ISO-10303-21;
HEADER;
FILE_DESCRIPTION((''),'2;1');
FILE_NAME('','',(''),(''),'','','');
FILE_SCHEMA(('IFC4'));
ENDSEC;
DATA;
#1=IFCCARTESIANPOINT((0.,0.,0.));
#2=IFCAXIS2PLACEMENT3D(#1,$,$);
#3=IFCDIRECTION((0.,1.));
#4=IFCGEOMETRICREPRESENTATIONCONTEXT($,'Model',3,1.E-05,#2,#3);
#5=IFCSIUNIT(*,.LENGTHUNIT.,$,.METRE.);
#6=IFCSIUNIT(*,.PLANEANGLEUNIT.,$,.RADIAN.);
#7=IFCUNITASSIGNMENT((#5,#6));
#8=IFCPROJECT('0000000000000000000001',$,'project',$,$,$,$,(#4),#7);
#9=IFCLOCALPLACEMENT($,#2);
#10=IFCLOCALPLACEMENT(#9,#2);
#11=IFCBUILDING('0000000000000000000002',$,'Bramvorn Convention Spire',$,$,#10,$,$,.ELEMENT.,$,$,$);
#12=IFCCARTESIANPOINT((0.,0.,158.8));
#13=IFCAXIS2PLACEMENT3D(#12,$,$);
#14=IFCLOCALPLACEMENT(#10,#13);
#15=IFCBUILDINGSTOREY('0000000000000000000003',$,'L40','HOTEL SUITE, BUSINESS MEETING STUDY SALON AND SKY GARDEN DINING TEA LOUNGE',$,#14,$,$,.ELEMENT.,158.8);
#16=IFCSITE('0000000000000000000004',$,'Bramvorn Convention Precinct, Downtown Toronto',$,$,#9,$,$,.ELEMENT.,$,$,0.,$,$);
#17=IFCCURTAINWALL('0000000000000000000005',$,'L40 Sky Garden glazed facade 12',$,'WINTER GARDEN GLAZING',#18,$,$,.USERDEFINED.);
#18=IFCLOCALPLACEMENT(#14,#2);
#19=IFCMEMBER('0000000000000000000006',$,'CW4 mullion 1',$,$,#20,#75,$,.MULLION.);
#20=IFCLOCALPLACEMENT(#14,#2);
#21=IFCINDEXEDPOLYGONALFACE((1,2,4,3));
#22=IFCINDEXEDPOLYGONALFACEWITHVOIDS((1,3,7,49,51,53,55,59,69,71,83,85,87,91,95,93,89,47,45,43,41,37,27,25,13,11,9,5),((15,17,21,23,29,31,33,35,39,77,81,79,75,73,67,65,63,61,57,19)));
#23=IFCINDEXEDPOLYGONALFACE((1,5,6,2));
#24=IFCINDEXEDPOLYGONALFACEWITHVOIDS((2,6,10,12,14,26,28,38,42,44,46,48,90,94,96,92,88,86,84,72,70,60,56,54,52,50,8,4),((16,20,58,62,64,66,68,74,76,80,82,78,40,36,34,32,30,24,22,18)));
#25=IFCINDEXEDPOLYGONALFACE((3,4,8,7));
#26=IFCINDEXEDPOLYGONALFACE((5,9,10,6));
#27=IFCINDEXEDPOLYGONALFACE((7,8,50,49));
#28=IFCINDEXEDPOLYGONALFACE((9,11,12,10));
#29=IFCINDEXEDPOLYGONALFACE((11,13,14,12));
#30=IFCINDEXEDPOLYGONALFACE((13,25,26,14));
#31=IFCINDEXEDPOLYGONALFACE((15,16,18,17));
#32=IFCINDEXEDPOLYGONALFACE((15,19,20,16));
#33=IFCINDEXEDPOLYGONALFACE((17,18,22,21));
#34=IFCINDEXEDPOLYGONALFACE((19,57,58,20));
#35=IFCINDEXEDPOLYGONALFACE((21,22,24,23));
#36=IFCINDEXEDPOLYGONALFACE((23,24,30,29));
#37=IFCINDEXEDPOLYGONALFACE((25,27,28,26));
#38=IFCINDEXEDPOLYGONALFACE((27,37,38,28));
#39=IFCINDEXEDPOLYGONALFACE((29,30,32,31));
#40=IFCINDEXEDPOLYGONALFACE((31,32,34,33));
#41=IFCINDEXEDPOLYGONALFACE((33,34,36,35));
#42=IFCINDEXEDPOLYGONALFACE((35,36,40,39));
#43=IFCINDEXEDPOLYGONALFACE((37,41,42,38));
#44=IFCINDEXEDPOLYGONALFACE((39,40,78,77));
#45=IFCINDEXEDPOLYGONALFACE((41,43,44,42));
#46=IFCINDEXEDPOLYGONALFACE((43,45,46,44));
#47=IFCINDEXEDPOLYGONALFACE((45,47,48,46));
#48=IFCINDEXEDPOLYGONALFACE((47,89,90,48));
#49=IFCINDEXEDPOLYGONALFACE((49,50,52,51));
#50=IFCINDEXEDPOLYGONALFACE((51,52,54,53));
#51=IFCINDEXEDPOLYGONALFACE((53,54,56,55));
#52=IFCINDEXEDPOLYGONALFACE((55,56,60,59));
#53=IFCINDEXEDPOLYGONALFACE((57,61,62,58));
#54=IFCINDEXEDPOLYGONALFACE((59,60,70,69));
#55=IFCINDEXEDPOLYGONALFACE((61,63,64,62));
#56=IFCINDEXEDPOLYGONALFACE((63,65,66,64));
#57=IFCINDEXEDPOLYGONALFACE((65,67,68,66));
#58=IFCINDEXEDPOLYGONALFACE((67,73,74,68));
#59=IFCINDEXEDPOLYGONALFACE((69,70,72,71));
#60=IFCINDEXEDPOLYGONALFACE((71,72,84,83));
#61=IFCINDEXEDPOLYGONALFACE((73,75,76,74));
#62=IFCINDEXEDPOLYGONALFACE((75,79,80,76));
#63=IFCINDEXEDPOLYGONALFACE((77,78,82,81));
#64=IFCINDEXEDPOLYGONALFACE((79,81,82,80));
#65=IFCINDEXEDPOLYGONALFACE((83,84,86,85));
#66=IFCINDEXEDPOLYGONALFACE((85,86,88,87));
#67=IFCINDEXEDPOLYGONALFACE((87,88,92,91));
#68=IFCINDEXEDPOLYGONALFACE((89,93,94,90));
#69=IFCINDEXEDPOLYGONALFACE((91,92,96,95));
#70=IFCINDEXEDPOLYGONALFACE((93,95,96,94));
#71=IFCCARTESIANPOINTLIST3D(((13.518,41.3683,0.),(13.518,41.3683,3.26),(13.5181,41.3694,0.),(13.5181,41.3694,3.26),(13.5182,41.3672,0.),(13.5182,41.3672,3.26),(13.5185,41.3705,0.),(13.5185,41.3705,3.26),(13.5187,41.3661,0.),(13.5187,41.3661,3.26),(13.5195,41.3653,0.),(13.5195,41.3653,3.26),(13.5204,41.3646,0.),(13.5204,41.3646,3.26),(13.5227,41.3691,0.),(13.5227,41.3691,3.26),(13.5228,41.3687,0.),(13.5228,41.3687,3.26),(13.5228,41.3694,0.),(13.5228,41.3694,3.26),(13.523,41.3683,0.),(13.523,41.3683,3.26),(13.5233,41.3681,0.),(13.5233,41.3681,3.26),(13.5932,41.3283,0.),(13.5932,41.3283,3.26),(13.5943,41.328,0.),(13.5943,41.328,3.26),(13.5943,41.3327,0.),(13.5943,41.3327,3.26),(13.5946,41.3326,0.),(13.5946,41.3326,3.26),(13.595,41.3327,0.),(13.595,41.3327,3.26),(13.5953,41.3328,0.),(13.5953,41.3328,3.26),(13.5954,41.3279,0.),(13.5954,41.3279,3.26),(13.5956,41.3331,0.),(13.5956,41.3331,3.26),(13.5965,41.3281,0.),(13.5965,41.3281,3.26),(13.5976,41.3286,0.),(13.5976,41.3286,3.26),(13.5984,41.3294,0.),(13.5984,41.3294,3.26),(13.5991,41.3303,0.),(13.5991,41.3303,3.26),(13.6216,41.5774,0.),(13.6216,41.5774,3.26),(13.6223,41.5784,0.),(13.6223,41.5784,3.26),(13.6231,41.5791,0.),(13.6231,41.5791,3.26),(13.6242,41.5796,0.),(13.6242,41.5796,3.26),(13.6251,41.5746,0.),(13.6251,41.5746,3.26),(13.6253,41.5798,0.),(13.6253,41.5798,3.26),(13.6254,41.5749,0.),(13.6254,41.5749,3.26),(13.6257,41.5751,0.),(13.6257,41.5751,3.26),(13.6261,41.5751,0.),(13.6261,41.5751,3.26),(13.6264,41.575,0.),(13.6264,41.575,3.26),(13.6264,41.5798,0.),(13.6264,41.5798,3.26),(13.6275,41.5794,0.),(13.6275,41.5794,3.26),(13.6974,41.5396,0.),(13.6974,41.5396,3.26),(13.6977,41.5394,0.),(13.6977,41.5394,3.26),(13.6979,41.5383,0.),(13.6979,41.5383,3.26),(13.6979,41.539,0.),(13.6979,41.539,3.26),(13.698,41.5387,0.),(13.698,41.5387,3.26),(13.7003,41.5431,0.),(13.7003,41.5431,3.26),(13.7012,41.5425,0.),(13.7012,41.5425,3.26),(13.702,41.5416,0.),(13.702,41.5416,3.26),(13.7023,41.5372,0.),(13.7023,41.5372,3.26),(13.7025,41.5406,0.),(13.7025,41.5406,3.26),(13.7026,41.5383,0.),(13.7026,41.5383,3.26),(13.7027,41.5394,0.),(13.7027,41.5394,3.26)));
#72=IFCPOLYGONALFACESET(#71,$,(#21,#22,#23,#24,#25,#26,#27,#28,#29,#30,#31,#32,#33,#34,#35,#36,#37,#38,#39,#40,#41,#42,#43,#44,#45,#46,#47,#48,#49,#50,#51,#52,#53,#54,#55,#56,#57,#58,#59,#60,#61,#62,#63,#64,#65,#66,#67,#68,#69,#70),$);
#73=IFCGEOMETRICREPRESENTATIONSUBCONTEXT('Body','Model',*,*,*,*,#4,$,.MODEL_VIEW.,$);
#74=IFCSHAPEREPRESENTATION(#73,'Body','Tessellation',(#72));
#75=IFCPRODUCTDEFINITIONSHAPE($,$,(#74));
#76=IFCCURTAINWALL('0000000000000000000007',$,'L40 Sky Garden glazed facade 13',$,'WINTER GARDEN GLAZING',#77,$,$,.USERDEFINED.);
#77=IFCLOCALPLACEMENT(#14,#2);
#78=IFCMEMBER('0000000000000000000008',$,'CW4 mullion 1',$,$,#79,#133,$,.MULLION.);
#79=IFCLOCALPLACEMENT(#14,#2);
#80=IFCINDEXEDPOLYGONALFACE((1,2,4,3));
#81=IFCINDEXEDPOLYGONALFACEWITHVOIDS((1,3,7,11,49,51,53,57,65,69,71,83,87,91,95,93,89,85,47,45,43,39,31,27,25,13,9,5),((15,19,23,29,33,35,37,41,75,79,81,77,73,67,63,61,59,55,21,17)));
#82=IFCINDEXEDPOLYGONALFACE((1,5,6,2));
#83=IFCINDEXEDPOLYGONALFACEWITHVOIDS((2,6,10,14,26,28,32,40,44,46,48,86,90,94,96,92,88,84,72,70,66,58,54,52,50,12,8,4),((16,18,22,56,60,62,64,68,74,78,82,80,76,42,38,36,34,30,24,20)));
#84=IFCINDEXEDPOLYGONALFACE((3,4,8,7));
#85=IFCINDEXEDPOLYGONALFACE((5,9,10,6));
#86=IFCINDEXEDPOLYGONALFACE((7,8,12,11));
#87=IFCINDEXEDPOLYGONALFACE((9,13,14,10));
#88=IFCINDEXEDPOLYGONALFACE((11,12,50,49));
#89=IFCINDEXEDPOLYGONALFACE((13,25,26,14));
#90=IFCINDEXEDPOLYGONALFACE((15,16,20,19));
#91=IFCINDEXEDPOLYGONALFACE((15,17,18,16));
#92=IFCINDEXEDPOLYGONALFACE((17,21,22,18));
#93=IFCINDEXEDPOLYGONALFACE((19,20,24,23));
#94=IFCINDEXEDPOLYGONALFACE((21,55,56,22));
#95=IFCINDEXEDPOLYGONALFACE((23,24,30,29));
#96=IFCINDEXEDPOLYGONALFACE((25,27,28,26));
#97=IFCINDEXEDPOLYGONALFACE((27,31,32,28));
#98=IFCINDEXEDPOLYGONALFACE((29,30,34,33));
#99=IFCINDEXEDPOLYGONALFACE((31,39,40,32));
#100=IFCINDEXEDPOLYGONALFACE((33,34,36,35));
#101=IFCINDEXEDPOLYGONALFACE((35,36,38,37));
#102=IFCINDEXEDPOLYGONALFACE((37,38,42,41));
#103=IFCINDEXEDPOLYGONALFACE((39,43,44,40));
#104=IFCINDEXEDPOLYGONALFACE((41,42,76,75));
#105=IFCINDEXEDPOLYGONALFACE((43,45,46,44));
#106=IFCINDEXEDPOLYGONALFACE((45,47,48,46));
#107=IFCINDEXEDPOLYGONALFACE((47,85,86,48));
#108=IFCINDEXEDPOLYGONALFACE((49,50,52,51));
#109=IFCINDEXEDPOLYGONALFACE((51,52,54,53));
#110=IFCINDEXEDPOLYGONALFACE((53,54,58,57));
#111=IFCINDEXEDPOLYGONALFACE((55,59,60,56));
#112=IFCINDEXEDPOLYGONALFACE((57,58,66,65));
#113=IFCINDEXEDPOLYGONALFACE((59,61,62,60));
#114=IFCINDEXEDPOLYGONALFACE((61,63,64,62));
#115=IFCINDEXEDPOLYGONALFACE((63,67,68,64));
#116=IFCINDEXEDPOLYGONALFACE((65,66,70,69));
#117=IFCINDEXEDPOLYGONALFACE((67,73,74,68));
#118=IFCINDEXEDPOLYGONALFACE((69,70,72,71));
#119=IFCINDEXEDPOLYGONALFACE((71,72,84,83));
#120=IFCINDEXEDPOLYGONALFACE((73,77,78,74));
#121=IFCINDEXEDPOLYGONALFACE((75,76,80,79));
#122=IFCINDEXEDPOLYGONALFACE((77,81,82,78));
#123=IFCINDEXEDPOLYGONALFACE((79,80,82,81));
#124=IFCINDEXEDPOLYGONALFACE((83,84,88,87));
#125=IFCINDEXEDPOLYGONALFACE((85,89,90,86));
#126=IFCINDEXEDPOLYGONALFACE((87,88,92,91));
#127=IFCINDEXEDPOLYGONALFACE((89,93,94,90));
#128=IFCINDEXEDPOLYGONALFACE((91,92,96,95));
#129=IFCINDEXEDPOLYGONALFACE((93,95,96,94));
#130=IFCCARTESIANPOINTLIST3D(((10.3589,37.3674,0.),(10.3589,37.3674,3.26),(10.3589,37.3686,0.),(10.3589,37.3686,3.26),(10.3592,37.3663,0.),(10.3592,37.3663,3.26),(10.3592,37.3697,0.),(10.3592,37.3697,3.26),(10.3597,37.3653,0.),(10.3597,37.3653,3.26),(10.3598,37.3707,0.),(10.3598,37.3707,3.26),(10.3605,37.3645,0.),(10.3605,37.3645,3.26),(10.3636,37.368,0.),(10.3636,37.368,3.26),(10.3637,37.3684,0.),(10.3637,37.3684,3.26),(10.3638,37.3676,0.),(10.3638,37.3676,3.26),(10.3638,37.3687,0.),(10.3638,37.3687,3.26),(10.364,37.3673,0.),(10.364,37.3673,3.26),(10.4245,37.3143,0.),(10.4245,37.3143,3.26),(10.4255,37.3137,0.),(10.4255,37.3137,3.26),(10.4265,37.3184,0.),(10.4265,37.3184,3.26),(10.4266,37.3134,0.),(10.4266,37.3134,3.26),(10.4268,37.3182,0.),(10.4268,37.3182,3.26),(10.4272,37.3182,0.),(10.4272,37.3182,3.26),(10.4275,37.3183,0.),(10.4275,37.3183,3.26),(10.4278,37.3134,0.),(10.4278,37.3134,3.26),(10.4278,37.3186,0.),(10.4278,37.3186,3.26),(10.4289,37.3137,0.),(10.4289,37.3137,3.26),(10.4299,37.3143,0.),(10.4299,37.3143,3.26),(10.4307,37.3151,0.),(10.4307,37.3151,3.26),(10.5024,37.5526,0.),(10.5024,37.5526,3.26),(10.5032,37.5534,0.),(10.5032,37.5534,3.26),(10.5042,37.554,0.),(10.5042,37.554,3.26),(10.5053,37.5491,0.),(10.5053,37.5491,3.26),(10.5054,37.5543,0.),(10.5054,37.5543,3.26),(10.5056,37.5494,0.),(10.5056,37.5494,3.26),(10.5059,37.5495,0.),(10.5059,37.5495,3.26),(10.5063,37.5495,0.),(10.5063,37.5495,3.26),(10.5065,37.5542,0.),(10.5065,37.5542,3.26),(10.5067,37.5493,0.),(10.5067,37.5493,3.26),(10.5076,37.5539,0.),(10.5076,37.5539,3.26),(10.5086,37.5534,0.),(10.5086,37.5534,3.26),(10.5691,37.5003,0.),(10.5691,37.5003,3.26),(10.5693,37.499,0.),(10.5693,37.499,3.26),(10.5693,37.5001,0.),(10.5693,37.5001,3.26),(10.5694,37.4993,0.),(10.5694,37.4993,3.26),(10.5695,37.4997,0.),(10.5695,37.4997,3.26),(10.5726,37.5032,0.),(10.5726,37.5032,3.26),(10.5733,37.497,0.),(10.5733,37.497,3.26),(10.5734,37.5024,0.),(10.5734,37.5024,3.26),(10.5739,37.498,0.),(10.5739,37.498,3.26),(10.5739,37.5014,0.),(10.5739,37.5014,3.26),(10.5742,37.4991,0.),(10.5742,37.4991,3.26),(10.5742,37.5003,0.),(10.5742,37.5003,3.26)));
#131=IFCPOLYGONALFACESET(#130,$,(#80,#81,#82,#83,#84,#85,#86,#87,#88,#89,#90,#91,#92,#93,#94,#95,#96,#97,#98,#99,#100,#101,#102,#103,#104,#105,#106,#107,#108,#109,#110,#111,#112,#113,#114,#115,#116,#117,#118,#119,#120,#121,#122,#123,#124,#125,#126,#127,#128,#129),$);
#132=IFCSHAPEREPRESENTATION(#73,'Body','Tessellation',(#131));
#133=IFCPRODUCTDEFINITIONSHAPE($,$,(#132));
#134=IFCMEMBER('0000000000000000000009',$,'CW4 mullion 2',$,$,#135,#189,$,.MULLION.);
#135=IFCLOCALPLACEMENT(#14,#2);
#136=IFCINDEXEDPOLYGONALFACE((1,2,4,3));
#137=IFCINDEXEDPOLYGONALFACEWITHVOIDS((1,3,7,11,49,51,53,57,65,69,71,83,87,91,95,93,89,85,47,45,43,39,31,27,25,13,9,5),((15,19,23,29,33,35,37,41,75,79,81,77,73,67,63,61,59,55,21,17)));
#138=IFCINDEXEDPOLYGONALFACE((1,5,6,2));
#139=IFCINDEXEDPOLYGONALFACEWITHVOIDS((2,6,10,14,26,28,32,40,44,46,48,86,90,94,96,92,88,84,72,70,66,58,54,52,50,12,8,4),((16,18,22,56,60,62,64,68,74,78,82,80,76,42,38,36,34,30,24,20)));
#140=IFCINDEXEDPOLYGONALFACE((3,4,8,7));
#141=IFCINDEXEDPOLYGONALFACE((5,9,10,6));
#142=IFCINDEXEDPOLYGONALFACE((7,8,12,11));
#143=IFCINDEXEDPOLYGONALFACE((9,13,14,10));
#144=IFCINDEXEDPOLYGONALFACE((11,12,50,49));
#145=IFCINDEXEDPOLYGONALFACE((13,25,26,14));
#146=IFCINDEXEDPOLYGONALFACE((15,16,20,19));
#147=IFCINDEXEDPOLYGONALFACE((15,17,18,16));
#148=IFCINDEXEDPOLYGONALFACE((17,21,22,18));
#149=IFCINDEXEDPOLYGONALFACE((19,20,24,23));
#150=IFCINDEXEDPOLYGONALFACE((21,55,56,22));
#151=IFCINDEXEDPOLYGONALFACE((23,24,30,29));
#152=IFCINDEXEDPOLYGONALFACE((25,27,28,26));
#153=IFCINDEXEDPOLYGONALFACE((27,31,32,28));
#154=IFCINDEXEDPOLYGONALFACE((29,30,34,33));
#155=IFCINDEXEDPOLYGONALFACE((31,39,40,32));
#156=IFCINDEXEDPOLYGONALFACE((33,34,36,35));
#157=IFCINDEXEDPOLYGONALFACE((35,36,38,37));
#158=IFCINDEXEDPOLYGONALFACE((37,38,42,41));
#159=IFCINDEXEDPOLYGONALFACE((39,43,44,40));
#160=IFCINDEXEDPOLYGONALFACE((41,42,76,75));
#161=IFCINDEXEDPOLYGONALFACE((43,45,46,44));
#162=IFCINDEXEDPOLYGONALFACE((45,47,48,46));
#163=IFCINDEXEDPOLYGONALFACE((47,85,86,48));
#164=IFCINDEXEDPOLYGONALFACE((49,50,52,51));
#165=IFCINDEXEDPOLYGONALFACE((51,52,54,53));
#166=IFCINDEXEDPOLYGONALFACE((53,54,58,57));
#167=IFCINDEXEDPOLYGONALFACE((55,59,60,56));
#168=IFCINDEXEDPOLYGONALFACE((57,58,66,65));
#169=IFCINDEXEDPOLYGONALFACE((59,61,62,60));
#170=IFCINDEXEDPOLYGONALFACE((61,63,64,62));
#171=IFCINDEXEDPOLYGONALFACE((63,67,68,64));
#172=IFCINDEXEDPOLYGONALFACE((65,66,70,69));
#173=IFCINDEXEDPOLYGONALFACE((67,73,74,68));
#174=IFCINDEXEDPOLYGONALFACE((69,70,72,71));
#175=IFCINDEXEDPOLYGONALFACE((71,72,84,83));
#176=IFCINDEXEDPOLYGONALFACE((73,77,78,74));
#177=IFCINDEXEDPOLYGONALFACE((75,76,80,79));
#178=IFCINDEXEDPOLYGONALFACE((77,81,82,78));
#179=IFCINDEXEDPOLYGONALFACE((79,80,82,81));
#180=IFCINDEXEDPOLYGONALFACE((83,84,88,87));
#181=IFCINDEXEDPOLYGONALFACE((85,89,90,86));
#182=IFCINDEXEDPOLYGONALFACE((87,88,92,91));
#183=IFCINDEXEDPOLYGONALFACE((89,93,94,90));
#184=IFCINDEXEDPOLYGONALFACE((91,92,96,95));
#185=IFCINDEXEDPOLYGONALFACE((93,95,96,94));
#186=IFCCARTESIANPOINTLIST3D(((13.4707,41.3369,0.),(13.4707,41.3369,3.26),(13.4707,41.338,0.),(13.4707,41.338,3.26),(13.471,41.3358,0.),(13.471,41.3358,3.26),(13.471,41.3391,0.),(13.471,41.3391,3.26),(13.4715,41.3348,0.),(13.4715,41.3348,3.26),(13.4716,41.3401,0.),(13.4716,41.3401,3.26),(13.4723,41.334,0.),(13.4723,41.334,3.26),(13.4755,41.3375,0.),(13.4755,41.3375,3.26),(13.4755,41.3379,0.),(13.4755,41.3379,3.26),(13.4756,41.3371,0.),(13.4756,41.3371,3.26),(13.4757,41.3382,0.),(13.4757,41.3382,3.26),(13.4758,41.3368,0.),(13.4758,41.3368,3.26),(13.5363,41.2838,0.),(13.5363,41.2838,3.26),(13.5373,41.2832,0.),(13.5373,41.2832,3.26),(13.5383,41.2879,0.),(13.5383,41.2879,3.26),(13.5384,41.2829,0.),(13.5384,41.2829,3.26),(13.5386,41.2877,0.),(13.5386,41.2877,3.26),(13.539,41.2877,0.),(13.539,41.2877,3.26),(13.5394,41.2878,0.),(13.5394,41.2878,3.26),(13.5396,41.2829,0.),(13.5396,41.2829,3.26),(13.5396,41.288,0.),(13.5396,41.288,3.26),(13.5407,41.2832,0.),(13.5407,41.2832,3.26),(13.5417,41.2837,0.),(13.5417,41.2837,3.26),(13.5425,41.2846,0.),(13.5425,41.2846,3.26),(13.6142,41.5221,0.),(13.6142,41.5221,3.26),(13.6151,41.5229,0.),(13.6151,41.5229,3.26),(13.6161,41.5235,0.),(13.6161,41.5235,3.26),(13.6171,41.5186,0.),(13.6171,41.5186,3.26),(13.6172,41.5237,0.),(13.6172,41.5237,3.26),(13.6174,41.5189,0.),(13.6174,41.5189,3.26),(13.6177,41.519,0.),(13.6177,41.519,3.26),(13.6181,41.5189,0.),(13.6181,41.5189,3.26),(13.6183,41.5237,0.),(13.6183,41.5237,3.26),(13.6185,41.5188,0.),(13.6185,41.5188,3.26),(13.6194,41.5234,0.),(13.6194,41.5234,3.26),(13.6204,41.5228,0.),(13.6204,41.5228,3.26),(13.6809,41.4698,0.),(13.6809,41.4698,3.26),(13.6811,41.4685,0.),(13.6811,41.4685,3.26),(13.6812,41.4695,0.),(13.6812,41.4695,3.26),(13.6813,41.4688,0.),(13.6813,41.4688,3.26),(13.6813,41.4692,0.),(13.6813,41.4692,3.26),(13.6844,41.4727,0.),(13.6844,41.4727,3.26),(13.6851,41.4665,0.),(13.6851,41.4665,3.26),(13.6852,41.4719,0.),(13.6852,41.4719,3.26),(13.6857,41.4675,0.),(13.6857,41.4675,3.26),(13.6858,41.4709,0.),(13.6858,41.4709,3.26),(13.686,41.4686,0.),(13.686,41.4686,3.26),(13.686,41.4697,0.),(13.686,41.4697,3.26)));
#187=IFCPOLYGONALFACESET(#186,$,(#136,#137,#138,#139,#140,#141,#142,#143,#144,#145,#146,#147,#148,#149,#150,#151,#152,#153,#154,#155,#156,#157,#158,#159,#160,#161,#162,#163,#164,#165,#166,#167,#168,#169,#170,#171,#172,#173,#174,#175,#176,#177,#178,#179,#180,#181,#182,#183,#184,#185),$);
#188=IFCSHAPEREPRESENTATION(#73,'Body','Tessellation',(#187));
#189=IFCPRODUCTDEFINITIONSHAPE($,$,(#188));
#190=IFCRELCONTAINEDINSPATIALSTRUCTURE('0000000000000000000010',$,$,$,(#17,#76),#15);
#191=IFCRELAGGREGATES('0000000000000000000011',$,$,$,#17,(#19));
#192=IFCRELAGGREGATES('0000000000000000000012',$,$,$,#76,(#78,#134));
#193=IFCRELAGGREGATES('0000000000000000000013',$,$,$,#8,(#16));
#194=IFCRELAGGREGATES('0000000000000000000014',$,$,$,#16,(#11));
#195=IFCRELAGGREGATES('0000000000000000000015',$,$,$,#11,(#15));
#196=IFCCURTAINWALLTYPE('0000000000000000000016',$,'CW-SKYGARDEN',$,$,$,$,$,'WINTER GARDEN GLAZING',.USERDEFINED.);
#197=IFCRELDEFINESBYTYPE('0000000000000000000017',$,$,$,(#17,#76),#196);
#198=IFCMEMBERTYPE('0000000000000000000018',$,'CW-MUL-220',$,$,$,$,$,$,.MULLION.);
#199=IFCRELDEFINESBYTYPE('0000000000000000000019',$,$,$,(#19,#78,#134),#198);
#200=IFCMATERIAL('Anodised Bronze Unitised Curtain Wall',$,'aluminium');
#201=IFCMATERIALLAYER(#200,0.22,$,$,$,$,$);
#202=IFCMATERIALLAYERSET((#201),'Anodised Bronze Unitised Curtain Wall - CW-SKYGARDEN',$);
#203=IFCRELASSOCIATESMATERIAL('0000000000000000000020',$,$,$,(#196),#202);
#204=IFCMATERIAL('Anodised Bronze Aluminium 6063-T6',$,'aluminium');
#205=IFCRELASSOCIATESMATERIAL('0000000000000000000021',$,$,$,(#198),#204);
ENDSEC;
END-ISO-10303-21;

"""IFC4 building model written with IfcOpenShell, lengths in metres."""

from ifc_helpers import new_model, si_unit, direction, frame, origin, origin_2d, place, context, subcontext, project, spatial, hollow_rectangle, extrude, material, layer, layer_set, material_profile, profile_set, type_object, element, aggregate, save


model = new_model("IFC4")

# Units and contexts
model_context = context("Model", 3, precision=1e-05, world=origin(), true_north=direction((0.0, 1.0)))
body_context = subcontext(model_context, "Body", "Model", "MODEL_VIEW")
ifc_project = project(units=[si_unit("LENGTHUNIT", "METRE"), si_unit("PLANEANGLEUNIT", "RADIAN")], contexts=[model_context])

# Site, building, storey
site_placement = place(None, origin())
site = spatial("IfcSite", under=ifc_project, at=site_placement, Name="Bramvorn Convention Precinct, Downtown Toronto", CompositionType="ELEMENT", RefElevation=0.0)
building_placement = place(site_placement, origin())
building = spatial("IfcBuilding", under=site, at=building_placement, Name="Bramvorn Convention Spire", CompositionType="ELEMENT")
storey_placement = place(building_placement, frame((0.0, 0.0, 158.8)))
storey = spatial("IfcBuildingStorey", under=building, at=storey_placement, Name="L40", Description="HOTEL SUITE, BUSINESS MEETING STUDY SALON AND SKY GARDEN DINING TEA LOUNGE", CompositionType="ELEMENT", Elevation=158.8)

# Curtain wall, member
ifc_material_1 = material(Name="Anodised Bronze Unitised Curtain Wall", Category="aluminium")
ifc_layer_1 = layer(ifc_material_1, 0.22)
ifc_layer_set_1 = layer_set([ifc_layer_1], Name="Anodised Bronze Unitised Curtain Wall - CW-SKYGARDEN")
curtain_wall_type = type_object("IfcCurtainWallType", Name="CW-SKYGARDEN", ElementType="WINTER GARDEN GLAZING", PredefinedType="USERDEFINED", material=ifc_layer_set_1)
curtain_wall_1_placement = place(storey_placement, origin())
curtain_wall_1 = element("IfcCurtainWall", 1, at=curtain_wall_1_placement, inside=storey, type_object=curtain_wall_type, Name="L40 Sky Garden glazed facade 12", ObjectType="WINTER GARDEN GLAZING", PredefinedType="USERDEFINED")
ifc_material_2 = material(Name="Anodised Bronze Aluminium 6063-T6", Category="aluminium")
ifc_material_profile_1 = material_profile(ifc_material_2, hollow_rectangle(XDim=0.0901, YDim=0.24, WallThickness=0.0044, InnerFilletRadius=0.001, OuterFilletRadius=0.0044, at=origin_2d()))
ifc_profile_set_1 = profile_set([ifc_material_profile_1], Name="Anodised Bronze Aluminium 6063-T6 - CWM90X240")
member_type_1 = type_object("IfcMemberType", Name="CW-MUL-220", PredefinedType="MULLION", material=ifc_profile_set_1)
member_1_placement = place(storey_placement, frame((13.6104, 41.4539, 0.0), z_axis=(0.0, 0.0, 1.0), x_axis=(-0.894885, 0.446296, 0.0)))
member_1 = element("IfcMember", 2, at=member_1_placement, type_object=member_type_1, Name="CW4 mullion 1", PredefinedType="MULLION", context=body_context, shape_type="SweptSolid", body=[
    extrude(hollow_rectangle(XDim=0.0901, YDim=0.24, WallThickness=0.0044, InnerFilletRadius=0.001, OuterFilletRadius=0.0044, at=origin_2d()), origin(), (0.0, 0.0, 1.0), 3.26),
])

# Curtain wall, members
curtain_wall_2_placement = place(storey_placement, origin())
curtain_wall_2 = element("IfcCurtainWall", 3, at=curtain_wall_2_placement, inside=storey, type_object=curtain_wall_type, Name="L40 Sky Garden glazed facade 13", ObjectType="WINTER GARDEN GLAZING", PredefinedType="USERDEFINED")
member_2_placement = place(storey_placement, frame((10.4666, 37.4338, 0.0), z_axis=(0.0, 0.0, 1.0), x_axis=(-0.786999, 0.616954, 0.0)))
member_2 = element("IfcMember", 4, at=member_2_placement, type_object=member_type_1, Name="CW4 mullion 1", PredefinedType="MULLION", context=body_context, shape_type="SweptSolid", body=[
    extrude(hollow_rectangle(XDim=0.0901, YDim=0.24, WallThickness=0.0044, InnerFilletRadius=0.001, OuterFilletRadius=0.0044, at=origin_2d()), origin(), (0.0, 0.0, 1.0), 3.26),
])
member_3_placement = place(storey_placement, frame((13.5784, 41.4033, 0.0), z_axis=(0.0, 0.0, 1.0), x_axis=(-0.786999, 0.616954, 0.0)))
member_3 = element("IfcMember", 5, at=member_3_placement, type_object=member_type_1, Name="CW4 mullion 2", PredefinedType="MULLION", context=body_context, shape_type="SweptSolid", body=[
    extrude(hollow_rectangle(XDim=0.0901, YDim=0.24, WallThickness=0.0044, InnerFilletRadius=0.001, OuterFilletRadius=0.0044, at=origin_2d()), origin(), (0.0, 0.0, 1.0), 3.26),
])

aggregate(curtain_wall_1, [member_1])
aggregate(curtain_wall_2, [member_2, member_3])

save(model, "model.ifc")
